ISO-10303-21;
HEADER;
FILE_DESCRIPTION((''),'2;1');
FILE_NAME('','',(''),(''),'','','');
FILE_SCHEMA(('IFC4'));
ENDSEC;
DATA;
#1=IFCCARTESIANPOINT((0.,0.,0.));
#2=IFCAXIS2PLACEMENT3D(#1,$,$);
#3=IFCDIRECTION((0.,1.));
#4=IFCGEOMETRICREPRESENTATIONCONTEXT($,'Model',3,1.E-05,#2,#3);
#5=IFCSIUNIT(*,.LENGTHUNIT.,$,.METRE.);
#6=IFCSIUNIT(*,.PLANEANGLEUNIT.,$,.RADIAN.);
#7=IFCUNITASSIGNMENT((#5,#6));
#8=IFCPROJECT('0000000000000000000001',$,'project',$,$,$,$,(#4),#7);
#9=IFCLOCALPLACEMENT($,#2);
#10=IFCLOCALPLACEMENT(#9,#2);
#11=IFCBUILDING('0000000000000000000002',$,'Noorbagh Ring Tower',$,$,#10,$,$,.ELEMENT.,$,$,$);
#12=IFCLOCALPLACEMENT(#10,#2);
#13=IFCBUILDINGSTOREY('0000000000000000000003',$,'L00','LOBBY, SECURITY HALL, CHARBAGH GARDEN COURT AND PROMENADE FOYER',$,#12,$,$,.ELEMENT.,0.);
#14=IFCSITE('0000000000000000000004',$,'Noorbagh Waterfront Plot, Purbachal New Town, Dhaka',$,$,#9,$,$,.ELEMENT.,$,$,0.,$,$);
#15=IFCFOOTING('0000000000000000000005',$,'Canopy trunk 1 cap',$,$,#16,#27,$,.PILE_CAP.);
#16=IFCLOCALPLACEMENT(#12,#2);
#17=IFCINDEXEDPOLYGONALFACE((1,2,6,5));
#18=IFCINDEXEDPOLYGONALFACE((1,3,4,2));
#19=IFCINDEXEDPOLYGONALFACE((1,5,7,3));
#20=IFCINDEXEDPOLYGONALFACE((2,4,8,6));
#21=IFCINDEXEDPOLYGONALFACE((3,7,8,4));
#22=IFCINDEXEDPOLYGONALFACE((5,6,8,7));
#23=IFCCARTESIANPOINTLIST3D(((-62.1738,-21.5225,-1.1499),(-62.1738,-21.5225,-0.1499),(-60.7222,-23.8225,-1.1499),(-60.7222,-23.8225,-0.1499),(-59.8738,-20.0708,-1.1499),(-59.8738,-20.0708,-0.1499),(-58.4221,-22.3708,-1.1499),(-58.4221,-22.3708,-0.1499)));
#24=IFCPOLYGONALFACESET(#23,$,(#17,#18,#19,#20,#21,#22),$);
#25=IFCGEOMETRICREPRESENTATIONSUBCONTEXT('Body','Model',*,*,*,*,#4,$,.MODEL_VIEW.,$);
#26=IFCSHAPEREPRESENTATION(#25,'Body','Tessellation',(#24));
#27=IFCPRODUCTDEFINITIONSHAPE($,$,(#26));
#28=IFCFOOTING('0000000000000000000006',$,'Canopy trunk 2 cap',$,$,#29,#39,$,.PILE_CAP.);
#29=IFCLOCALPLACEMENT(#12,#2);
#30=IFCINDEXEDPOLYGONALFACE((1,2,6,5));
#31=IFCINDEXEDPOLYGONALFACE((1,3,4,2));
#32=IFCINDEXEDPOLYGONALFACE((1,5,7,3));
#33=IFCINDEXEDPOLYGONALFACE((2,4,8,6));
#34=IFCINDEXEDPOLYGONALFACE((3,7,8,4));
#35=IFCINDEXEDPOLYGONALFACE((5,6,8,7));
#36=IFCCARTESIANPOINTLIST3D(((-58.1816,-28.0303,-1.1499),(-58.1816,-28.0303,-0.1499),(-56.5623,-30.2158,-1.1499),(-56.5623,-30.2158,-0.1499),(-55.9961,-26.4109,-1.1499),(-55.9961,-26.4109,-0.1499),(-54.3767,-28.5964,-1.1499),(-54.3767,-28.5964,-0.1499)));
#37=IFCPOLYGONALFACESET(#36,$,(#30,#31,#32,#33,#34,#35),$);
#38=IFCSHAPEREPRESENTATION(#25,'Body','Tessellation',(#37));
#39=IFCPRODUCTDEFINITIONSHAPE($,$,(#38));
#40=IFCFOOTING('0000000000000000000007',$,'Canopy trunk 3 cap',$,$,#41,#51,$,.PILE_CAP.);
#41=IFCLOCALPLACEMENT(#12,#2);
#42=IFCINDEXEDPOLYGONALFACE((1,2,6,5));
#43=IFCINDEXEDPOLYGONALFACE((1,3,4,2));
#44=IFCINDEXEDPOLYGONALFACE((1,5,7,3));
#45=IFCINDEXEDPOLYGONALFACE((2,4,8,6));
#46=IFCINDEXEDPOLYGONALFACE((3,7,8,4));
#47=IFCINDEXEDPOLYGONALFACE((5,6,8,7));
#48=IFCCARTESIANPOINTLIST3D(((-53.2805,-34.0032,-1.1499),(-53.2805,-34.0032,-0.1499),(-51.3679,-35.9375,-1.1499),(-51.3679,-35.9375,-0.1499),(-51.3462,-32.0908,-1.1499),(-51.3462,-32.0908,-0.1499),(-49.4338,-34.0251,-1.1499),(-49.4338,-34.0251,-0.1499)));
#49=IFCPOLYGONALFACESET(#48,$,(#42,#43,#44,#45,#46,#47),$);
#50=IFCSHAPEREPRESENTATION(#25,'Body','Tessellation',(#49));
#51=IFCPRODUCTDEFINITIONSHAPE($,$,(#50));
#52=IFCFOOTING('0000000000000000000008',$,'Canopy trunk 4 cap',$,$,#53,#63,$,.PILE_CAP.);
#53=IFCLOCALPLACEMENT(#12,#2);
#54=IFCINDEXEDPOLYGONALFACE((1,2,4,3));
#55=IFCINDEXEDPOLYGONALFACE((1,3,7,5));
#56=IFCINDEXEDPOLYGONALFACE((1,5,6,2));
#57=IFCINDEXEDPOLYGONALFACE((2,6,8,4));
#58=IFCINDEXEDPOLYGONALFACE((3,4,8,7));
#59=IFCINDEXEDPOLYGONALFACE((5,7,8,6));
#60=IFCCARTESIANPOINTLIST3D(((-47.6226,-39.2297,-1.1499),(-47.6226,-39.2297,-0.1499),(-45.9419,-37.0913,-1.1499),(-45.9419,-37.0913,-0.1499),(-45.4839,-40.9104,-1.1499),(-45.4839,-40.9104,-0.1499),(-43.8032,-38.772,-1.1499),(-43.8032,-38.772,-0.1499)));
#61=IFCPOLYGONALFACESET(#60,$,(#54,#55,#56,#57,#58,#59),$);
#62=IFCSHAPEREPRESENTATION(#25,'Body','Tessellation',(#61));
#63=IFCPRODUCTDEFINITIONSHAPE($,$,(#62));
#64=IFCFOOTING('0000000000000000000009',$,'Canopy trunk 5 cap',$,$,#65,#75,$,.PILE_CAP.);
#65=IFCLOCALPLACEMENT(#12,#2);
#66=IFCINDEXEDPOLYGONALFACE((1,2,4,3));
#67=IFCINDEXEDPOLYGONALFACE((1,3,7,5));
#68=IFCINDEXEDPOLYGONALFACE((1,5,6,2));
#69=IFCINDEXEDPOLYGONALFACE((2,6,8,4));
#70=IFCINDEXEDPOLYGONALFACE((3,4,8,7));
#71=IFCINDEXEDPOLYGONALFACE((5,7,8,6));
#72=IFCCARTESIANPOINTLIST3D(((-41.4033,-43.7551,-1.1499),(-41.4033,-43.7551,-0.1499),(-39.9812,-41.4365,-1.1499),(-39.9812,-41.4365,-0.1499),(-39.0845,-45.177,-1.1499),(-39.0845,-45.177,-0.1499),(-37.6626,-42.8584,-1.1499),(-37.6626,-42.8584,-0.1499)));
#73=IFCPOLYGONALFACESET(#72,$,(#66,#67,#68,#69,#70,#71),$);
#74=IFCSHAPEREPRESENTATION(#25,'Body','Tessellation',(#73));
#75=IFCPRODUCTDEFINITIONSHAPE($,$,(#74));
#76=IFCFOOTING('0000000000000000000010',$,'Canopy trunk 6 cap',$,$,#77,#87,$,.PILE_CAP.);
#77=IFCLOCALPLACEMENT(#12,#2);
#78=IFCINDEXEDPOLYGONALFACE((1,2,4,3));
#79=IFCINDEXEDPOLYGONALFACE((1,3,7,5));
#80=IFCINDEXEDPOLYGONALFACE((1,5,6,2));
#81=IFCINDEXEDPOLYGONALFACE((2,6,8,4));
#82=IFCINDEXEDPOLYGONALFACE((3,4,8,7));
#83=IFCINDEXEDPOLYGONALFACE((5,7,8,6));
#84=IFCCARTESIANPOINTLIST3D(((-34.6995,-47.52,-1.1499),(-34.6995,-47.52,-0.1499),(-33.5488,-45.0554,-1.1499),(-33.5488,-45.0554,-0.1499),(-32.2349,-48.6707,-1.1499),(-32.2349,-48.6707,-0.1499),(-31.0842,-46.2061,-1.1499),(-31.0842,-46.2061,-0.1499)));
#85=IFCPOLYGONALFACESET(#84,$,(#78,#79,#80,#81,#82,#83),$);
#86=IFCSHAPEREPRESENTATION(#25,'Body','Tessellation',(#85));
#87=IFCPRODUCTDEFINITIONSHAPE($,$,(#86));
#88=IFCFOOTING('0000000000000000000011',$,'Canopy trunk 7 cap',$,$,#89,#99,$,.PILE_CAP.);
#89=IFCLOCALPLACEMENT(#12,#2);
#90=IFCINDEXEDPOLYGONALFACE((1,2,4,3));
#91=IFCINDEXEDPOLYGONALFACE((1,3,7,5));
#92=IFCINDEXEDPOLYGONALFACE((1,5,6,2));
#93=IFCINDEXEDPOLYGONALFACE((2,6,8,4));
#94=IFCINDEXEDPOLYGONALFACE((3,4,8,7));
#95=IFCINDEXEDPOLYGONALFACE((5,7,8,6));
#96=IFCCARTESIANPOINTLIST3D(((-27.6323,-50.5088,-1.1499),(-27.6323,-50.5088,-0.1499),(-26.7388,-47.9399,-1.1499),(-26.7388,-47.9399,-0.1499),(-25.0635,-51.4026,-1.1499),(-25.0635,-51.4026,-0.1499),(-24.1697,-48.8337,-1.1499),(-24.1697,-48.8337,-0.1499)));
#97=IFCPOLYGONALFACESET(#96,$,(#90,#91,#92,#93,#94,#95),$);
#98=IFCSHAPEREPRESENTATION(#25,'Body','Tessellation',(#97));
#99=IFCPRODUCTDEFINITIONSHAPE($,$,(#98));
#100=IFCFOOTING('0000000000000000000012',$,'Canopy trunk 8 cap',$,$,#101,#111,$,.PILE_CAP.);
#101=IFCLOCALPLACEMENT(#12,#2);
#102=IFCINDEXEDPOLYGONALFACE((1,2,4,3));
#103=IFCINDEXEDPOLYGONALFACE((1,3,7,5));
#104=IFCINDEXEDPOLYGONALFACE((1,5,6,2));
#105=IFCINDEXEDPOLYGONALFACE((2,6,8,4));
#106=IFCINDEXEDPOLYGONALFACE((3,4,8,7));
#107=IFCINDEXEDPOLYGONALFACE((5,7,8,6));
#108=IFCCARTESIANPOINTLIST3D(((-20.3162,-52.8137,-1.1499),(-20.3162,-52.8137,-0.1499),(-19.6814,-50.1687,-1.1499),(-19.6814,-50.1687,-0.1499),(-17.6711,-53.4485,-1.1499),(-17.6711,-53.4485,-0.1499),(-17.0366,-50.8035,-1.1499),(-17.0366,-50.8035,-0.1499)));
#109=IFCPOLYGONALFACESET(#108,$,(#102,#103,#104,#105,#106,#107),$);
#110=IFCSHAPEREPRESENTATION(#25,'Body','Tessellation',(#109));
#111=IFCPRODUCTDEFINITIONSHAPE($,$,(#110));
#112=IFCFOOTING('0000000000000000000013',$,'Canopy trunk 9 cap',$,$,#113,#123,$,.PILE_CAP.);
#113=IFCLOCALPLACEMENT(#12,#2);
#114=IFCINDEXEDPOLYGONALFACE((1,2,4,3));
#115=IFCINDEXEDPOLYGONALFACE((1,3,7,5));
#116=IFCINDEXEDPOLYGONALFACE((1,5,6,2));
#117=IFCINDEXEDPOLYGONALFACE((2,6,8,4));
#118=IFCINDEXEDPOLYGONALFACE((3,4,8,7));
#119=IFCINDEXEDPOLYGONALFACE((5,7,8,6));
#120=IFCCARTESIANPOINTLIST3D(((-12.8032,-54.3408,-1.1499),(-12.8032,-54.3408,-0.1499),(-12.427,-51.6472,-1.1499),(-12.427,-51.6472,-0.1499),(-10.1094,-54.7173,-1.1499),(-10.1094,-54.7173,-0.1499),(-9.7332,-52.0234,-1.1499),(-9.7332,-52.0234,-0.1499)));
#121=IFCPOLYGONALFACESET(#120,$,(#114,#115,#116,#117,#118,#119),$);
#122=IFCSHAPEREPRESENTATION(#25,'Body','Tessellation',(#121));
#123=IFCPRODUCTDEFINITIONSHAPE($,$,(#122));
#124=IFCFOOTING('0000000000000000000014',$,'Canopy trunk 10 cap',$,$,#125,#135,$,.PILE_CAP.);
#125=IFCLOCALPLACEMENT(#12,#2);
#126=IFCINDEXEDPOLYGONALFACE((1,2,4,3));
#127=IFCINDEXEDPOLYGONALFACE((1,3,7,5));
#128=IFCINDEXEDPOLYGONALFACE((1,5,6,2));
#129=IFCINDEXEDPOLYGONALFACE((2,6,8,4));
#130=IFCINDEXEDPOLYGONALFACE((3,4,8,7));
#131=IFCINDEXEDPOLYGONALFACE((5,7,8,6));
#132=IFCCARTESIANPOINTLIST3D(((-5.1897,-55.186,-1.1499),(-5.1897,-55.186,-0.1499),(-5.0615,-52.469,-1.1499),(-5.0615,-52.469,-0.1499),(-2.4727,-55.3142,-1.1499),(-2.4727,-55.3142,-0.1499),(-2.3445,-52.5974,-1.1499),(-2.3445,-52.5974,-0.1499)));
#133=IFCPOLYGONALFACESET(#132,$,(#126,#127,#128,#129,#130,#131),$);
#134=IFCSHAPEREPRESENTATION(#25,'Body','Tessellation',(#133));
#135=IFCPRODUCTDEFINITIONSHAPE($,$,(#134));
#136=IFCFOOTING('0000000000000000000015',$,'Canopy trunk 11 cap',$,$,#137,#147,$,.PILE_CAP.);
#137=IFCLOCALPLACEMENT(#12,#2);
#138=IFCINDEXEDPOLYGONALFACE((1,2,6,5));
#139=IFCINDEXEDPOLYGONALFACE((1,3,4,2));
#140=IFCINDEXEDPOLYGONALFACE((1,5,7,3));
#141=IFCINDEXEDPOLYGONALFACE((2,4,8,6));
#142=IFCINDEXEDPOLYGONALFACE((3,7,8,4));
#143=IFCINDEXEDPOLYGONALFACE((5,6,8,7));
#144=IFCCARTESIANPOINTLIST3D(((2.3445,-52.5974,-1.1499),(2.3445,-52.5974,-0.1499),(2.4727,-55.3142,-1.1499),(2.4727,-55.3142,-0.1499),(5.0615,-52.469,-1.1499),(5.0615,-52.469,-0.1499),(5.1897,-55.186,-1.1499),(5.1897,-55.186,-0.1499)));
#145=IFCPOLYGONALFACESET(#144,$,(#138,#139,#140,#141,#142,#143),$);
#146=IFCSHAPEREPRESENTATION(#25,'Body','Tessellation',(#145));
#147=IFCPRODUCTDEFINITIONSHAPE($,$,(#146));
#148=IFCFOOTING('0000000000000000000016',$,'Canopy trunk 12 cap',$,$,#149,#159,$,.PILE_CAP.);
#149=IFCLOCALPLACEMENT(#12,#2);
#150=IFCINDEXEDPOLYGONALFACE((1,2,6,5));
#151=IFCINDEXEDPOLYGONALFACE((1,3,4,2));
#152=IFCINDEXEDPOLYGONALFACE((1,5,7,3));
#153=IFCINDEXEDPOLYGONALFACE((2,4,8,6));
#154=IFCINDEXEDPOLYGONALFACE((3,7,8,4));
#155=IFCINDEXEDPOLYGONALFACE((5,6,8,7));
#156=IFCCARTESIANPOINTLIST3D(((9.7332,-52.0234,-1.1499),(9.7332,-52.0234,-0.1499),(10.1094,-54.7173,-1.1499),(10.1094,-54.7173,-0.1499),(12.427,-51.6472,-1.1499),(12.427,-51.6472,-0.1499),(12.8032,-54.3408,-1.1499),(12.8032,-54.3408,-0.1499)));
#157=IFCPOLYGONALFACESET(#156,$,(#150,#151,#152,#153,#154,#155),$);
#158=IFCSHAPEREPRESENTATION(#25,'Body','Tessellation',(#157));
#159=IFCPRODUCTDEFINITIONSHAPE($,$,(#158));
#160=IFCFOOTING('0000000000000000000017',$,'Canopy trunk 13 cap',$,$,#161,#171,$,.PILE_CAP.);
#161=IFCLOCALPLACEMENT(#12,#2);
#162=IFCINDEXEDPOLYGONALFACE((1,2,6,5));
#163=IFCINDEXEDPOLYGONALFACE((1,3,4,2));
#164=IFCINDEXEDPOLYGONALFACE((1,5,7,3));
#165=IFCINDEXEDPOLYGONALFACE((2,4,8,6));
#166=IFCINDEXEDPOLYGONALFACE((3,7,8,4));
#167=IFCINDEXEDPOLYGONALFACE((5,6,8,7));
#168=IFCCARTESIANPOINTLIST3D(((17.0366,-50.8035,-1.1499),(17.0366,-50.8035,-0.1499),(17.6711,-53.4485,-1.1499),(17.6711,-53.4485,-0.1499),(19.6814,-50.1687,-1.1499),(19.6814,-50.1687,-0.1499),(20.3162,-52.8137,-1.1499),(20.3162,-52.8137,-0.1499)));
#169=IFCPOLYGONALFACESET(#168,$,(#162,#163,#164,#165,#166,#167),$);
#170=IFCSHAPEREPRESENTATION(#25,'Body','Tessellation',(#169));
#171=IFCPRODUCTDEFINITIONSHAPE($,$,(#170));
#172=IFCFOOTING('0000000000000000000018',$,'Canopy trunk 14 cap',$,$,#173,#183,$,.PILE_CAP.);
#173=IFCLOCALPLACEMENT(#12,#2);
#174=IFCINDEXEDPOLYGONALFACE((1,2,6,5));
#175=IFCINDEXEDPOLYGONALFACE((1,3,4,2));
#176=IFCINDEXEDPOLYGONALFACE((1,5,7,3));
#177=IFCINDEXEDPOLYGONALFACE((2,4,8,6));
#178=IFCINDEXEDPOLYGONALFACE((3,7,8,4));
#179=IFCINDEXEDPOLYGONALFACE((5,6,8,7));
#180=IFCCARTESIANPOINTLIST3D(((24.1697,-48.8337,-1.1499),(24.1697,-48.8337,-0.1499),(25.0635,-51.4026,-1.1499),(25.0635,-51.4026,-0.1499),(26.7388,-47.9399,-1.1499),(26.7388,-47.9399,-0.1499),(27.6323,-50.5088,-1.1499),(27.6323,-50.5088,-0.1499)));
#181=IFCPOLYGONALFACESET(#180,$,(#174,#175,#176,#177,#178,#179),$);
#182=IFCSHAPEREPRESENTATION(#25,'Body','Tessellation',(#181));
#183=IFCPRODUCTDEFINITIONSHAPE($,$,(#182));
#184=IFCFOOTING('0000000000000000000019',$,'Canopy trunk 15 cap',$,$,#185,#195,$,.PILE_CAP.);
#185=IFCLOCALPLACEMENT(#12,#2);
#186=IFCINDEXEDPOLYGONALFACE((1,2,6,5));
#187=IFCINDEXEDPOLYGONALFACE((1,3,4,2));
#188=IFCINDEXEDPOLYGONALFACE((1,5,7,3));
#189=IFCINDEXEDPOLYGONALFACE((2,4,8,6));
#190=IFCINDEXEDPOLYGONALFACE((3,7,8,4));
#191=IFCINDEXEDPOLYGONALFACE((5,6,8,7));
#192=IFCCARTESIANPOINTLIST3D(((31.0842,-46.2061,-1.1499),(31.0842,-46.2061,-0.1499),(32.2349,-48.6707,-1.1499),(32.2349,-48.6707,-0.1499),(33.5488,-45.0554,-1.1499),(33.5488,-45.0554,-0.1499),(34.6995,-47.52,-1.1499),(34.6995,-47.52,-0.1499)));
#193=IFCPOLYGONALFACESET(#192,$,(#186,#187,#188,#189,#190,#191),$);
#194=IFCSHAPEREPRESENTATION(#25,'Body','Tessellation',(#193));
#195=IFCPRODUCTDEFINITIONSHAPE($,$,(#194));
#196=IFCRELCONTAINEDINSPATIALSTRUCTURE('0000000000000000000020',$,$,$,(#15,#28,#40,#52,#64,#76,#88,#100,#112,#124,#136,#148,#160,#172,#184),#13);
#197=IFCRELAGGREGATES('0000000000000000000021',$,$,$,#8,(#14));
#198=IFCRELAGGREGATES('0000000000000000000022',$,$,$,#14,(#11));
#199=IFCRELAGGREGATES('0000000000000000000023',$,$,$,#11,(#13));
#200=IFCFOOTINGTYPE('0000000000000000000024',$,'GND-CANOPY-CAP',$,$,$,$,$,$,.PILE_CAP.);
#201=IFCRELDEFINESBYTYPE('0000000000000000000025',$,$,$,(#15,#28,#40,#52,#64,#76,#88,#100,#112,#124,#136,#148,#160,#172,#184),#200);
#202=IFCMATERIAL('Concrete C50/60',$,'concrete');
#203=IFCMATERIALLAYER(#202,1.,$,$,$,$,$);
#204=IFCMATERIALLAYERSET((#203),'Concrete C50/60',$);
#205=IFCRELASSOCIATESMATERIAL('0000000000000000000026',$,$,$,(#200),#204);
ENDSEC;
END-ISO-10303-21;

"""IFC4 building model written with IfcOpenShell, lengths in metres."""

from ifc_helpers import new_model, si_unit, direction, frame, origin, place, context, subcontext, project, spatial, polyline, outline, extrude, material, layer, layer_set, type_object, element, save


model = new_model("IFC4")

# Units and contexts
model_context = context("Model", 3, precision=1e-05, world=origin(), true_north=direction((0.0, 1.0)))
body_context = subcontext(model_context, "Body", "Model", "MODEL_VIEW")
ifc_project = project(units=[si_unit("LENGTHUNIT", "METRE"), si_unit("PLANEANGLEUNIT", "RADIAN")], contexts=[model_context])

# Site, building, storey
site_placement = place(None, origin())
site = spatial("IfcSite", under=ifc_project, at=site_placement, Name="Noorbagh Waterfront Plot, Purbachal New Town, Dhaka", CompositionType="ELEMENT", RefElevation=0.0)
building_placement = place(site_placement, origin())
building = spatial("IfcBuilding", under=site, at=building_placement, Name="Noorbagh Ring Tower", CompositionType="ELEMENT")
storey_placement = place(building_placement, origin())
storey = spatial("IfcBuildingStorey", under=building, at=storey_placement, Name="L00", Description="LOBBY, SECURITY HALL, CHARBAGH GARDEN COURT AND PROMENADE FOYER", CompositionType="ELEMENT", Elevation=0.0)

# Footings
ifc_material_1 = material(Name="Concrete C50/60", Category="concrete")
ifc_layer_1 = layer(ifc_material_1, 1.0)
ifc_layer_set_1 = layer_set([ifc_layer_1], Name="Concrete C50/60")
footing_type_1 = type_object("IfcFootingType", Name="GND-CANOPY-CAP", PredefinedType="PILE_CAP", material=ifc_layer_set_1)
footing_1_placement = place(storey_placement, frame((0.0, 0.0, -1.1499)))
element("IfcFooting", 1, at=footing_1_placement, inside=storey, type_object=footing_type_1, Name="Canopy trunk 1 cap", PredefinedType="PILE_CAP", context=body_context, shape_type="SweptSolid", body=[
    extrude(outline(polyline([(-62.1738, -21.5225), (-60.7222, -23.8225), (-58.4221, -22.3708), (-59.8738, -20.0708), (-62.1738, -21.5225)])), origin(), (0.0, 0.0, 1.0), 1.0),
])
footing_2_placement = place(storey_placement, frame((0.0, 0.0, -1.1499)))
element("IfcFooting", 2, at=footing_2_placement, inside=storey, type_object=footing_type_1, Name="Canopy trunk 2 cap", PredefinedType="PILE_CAP", context=body_context, shape_type="SweptSolid", body=[
    extrude(outline(polyline([(-58.1816, -28.0303), (-56.5623, -30.2158), (-54.3767, -28.5964), (-55.9961, -26.4109), (-58.1816, -28.0303)])), origin(), (0.0, 0.0, 1.0), 1.0),
])
footing_3_placement = place(storey_placement, frame((0.0, 0.0, -1.1499)))
element("IfcFooting", 3, at=footing_3_placement, inside=storey, type_object=footing_type_1, Name="Canopy trunk 3 cap", PredefinedType="PILE_CAP", context=body_context, shape_type="SweptSolid", body=[
    extrude(outline(polyline([(-53.2805, -34.0032), (-51.3679, -35.9375), (-49.4338, -34.0251), (-51.3462, -32.0908), (-53.2805, -34.0032)])), origin(), (0.0, 0.0, 1.0), 1.0),
])
footing_4_placement = place(storey_placement, frame((0.0, 0.0, -1.1499)))
element("IfcFooting", 4, at=footing_4_placement, inside=storey, type_object=footing_type_1, Name="Canopy trunk 4 cap", PredefinedType="PILE_CAP", context=body_context, shape_type="SweptSolid", body=[
    extrude(outline(polyline([(-47.6226, -39.2297), (-45.4839, -40.9104), (-43.8032, -38.772), (-45.9419, -37.0913), (-47.6226, -39.2297)])), origin(), (0.0, 0.0, 1.0), 1.0),
])
footing_5_placement = place(storey_placement, frame((0.0, 0.0, -1.1499)))
element("IfcFooting", 5, at=footing_5_placement, inside=storey, type_object=footing_type_1, Name="Canopy trunk 5 cap", PredefinedType="PILE_CAP", context=body_context, shape_type="SweptSolid", body=[
    extrude(outline(polyline([(-41.4033, -43.7551), (-39.0845, -45.177), (-37.6626, -42.8584), (-39.9812, -41.4365), (-41.4033, -43.7551)])), origin(), (0.0, 0.0, 1.0), 1.0),
])
footing_6_placement = place(storey_placement, frame((0.0, 0.0, -1.1499)))
element("IfcFooting", 6, at=footing_6_placement, inside=storey, type_object=footing_type_1, Name="Canopy trunk 6 cap", PredefinedType="PILE_CAP", context=body_context, shape_type="SweptSolid", body=[
    extrude(outline(polyline([(-34.6995, -47.52), (-32.2349, -48.6707), (-31.0842, -46.2061), (-33.5488, -45.0554), (-34.6995, -47.52)])), origin(), (0.0, 0.0, 1.0), 1.0),
])
footing_7_placement = place(storey_placement, frame((0.0, 0.0, -1.1499)))
element("IfcFooting", 7, at=footing_7_placement, inside=storey, type_object=footing_type_1, Name="Canopy trunk 7 cap", PredefinedType="PILE_CAP", context=body_context, shape_type="SweptSolid", body=[
    extrude(outline(polyline([(-27.6323, -50.5088), (-25.0635, -51.4026), (-24.1697, -48.8337), (-26.7388, -47.9399), (-27.6323, -50.5088)])), origin(), (0.0, 0.0, 1.0), 1.0),
])
footing_8_placement = place(storey_placement, frame((0.0, 0.0, -1.1499)))
element("IfcFooting", 8, at=footing_8_placement, inside=storey, type_object=footing_type_1, Name="Canopy trunk 8 cap", PredefinedType="PILE_CAP", context=body_context, shape_type="SweptSolid", body=[
    extrude(outline(polyline([(-20.3162, -52.8137), (-17.6711, -53.4485), (-17.0366, -50.8035), (-19.6814, -50.1687), (-20.3162, -52.8137)])), origin(), (0.0, 0.0, 1.0), 1.0),
])
footing_9_placement = place(storey_placement, frame((0.0, 0.0, -1.1499)))
element("IfcFooting", 9, at=footing_9_placement, inside=storey, type_object=footing_type_1, Name="Canopy trunk 9 cap", PredefinedType="PILE_CAP", context=body_context, shape_type="SweptSolid", body=[
    extrude(outline(polyline([(-12.8032, -54.3408), (-10.1094, -54.7173), (-9.7332, -52.0234), (-12.427, -51.6472), (-12.8032, -54.3408)])), origin(), (0.0, 0.0, 1.0), 1.0),
])
footing_10_placement = place(storey_placement, frame((0.0, 0.0, -1.1499)))
element("IfcFooting", 10, at=footing_10_placement, inside=storey, type_object=footing_type_1, Name="Canopy trunk 10 cap", PredefinedType="PILE_CAP", context=body_context, shape_type="SweptSolid", body=[
    extrude(outline(polyline([(-5.1897, -55.186), (-2.4727, -55.3142), (-2.3445, -52.5974), (-5.0615, -52.469), (-5.1897, -55.186)])), origin(), (0.0, 0.0, 1.0), 1.0),
])
footing_11_placement = place(storey_placement, frame((0.0, 0.0, -1.1499)))
element("IfcFooting", 11, at=footing_11_placement, inside=storey, type_object=footing_type_1, Name="Canopy trunk 11 cap", PredefinedType="PILE_CAP", context=body_context, shape_type="SweptSolid", body=[
    extrude(outline(polyline([(2.4727, -55.3142), (5.1897, -55.186), (5.0615, -52.469), (2.3445, -52.5974), (2.4727, -55.3142)])), origin(), (0.0, 0.0, 1.0), 1.0),
])
footing_12_placement = place(storey_placement, frame((0.0, 0.0, -1.1499)))
element("IfcFooting", 12, at=footing_12_placement, inside=storey, type_object=footing_type_1, Name="Canopy trunk 12 cap", PredefinedType="PILE_CAP", context=body_context, shape_type="SweptSolid", body=[
    extrude(outline(polyline([(10.1094, -54.7173), (12.8032, -54.3408), (12.427, -51.6472), (9.7332, -52.0234), (10.1094, -54.7173)])), origin(), (0.0, 0.0, 1.0), 1.0),
])
footing_13_placement = place(storey_placement, frame((0.0, 0.0, -1.1499)))
element("IfcFooting", 13, at=footing_13_placement, inside=storey, type_object=footing_type_1, Name="Canopy trunk 13 cap", PredefinedType="PILE_CAP", context=body_context, shape_type="SweptSolid", body=[
    extrude(outline(polyline([(17.6711, -53.4485), (20.3162, -52.8137), (19.6814, -50.1687), (17.0366, -50.8035), (17.6711, -53.4485)])), origin(), (0.0, 0.0, 1.0), 1.0),
])
footing_14_placement = place(storey_placement, frame((0.0, 0.0, -1.1499)))
element("IfcFooting", 14, at=footing_14_placement, inside=storey, type_object=footing_type_1, Name="Canopy trunk 14 cap", PredefinedType="PILE_CAP", context=body_context, shape_type="SweptSolid", body=[
    extrude(outline(polyline([(25.0635, -51.4026), (27.6323, -50.5088), (26.7388, -47.9399), (24.1697, -48.8337), (25.0635, -51.4026)])), origin(), (0.0, 0.0, 1.0), 1.0),
])
footing_15_placement = place(storey_placement, frame((0.0, 0.0, -1.1499)))
element("IfcFooting", 15, at=footing_15_placement, inside=storey, type_object=footing_type_1, Name="Canopy trunk 15 cap", PredefinedType="PILE_CAP", context=body_context, shape_type="SweptSolid", body=[
    extrude(outline(polyline([(32.2349, -48.6707), (34.6995, -47.52), (33.5488, -45.0554), (31.0842, -46.2061), (32.2349, -48.6707)])), origin(), (0.0, 0.0, 1.0), 1.0),
])

save(model, "model.ifc")
